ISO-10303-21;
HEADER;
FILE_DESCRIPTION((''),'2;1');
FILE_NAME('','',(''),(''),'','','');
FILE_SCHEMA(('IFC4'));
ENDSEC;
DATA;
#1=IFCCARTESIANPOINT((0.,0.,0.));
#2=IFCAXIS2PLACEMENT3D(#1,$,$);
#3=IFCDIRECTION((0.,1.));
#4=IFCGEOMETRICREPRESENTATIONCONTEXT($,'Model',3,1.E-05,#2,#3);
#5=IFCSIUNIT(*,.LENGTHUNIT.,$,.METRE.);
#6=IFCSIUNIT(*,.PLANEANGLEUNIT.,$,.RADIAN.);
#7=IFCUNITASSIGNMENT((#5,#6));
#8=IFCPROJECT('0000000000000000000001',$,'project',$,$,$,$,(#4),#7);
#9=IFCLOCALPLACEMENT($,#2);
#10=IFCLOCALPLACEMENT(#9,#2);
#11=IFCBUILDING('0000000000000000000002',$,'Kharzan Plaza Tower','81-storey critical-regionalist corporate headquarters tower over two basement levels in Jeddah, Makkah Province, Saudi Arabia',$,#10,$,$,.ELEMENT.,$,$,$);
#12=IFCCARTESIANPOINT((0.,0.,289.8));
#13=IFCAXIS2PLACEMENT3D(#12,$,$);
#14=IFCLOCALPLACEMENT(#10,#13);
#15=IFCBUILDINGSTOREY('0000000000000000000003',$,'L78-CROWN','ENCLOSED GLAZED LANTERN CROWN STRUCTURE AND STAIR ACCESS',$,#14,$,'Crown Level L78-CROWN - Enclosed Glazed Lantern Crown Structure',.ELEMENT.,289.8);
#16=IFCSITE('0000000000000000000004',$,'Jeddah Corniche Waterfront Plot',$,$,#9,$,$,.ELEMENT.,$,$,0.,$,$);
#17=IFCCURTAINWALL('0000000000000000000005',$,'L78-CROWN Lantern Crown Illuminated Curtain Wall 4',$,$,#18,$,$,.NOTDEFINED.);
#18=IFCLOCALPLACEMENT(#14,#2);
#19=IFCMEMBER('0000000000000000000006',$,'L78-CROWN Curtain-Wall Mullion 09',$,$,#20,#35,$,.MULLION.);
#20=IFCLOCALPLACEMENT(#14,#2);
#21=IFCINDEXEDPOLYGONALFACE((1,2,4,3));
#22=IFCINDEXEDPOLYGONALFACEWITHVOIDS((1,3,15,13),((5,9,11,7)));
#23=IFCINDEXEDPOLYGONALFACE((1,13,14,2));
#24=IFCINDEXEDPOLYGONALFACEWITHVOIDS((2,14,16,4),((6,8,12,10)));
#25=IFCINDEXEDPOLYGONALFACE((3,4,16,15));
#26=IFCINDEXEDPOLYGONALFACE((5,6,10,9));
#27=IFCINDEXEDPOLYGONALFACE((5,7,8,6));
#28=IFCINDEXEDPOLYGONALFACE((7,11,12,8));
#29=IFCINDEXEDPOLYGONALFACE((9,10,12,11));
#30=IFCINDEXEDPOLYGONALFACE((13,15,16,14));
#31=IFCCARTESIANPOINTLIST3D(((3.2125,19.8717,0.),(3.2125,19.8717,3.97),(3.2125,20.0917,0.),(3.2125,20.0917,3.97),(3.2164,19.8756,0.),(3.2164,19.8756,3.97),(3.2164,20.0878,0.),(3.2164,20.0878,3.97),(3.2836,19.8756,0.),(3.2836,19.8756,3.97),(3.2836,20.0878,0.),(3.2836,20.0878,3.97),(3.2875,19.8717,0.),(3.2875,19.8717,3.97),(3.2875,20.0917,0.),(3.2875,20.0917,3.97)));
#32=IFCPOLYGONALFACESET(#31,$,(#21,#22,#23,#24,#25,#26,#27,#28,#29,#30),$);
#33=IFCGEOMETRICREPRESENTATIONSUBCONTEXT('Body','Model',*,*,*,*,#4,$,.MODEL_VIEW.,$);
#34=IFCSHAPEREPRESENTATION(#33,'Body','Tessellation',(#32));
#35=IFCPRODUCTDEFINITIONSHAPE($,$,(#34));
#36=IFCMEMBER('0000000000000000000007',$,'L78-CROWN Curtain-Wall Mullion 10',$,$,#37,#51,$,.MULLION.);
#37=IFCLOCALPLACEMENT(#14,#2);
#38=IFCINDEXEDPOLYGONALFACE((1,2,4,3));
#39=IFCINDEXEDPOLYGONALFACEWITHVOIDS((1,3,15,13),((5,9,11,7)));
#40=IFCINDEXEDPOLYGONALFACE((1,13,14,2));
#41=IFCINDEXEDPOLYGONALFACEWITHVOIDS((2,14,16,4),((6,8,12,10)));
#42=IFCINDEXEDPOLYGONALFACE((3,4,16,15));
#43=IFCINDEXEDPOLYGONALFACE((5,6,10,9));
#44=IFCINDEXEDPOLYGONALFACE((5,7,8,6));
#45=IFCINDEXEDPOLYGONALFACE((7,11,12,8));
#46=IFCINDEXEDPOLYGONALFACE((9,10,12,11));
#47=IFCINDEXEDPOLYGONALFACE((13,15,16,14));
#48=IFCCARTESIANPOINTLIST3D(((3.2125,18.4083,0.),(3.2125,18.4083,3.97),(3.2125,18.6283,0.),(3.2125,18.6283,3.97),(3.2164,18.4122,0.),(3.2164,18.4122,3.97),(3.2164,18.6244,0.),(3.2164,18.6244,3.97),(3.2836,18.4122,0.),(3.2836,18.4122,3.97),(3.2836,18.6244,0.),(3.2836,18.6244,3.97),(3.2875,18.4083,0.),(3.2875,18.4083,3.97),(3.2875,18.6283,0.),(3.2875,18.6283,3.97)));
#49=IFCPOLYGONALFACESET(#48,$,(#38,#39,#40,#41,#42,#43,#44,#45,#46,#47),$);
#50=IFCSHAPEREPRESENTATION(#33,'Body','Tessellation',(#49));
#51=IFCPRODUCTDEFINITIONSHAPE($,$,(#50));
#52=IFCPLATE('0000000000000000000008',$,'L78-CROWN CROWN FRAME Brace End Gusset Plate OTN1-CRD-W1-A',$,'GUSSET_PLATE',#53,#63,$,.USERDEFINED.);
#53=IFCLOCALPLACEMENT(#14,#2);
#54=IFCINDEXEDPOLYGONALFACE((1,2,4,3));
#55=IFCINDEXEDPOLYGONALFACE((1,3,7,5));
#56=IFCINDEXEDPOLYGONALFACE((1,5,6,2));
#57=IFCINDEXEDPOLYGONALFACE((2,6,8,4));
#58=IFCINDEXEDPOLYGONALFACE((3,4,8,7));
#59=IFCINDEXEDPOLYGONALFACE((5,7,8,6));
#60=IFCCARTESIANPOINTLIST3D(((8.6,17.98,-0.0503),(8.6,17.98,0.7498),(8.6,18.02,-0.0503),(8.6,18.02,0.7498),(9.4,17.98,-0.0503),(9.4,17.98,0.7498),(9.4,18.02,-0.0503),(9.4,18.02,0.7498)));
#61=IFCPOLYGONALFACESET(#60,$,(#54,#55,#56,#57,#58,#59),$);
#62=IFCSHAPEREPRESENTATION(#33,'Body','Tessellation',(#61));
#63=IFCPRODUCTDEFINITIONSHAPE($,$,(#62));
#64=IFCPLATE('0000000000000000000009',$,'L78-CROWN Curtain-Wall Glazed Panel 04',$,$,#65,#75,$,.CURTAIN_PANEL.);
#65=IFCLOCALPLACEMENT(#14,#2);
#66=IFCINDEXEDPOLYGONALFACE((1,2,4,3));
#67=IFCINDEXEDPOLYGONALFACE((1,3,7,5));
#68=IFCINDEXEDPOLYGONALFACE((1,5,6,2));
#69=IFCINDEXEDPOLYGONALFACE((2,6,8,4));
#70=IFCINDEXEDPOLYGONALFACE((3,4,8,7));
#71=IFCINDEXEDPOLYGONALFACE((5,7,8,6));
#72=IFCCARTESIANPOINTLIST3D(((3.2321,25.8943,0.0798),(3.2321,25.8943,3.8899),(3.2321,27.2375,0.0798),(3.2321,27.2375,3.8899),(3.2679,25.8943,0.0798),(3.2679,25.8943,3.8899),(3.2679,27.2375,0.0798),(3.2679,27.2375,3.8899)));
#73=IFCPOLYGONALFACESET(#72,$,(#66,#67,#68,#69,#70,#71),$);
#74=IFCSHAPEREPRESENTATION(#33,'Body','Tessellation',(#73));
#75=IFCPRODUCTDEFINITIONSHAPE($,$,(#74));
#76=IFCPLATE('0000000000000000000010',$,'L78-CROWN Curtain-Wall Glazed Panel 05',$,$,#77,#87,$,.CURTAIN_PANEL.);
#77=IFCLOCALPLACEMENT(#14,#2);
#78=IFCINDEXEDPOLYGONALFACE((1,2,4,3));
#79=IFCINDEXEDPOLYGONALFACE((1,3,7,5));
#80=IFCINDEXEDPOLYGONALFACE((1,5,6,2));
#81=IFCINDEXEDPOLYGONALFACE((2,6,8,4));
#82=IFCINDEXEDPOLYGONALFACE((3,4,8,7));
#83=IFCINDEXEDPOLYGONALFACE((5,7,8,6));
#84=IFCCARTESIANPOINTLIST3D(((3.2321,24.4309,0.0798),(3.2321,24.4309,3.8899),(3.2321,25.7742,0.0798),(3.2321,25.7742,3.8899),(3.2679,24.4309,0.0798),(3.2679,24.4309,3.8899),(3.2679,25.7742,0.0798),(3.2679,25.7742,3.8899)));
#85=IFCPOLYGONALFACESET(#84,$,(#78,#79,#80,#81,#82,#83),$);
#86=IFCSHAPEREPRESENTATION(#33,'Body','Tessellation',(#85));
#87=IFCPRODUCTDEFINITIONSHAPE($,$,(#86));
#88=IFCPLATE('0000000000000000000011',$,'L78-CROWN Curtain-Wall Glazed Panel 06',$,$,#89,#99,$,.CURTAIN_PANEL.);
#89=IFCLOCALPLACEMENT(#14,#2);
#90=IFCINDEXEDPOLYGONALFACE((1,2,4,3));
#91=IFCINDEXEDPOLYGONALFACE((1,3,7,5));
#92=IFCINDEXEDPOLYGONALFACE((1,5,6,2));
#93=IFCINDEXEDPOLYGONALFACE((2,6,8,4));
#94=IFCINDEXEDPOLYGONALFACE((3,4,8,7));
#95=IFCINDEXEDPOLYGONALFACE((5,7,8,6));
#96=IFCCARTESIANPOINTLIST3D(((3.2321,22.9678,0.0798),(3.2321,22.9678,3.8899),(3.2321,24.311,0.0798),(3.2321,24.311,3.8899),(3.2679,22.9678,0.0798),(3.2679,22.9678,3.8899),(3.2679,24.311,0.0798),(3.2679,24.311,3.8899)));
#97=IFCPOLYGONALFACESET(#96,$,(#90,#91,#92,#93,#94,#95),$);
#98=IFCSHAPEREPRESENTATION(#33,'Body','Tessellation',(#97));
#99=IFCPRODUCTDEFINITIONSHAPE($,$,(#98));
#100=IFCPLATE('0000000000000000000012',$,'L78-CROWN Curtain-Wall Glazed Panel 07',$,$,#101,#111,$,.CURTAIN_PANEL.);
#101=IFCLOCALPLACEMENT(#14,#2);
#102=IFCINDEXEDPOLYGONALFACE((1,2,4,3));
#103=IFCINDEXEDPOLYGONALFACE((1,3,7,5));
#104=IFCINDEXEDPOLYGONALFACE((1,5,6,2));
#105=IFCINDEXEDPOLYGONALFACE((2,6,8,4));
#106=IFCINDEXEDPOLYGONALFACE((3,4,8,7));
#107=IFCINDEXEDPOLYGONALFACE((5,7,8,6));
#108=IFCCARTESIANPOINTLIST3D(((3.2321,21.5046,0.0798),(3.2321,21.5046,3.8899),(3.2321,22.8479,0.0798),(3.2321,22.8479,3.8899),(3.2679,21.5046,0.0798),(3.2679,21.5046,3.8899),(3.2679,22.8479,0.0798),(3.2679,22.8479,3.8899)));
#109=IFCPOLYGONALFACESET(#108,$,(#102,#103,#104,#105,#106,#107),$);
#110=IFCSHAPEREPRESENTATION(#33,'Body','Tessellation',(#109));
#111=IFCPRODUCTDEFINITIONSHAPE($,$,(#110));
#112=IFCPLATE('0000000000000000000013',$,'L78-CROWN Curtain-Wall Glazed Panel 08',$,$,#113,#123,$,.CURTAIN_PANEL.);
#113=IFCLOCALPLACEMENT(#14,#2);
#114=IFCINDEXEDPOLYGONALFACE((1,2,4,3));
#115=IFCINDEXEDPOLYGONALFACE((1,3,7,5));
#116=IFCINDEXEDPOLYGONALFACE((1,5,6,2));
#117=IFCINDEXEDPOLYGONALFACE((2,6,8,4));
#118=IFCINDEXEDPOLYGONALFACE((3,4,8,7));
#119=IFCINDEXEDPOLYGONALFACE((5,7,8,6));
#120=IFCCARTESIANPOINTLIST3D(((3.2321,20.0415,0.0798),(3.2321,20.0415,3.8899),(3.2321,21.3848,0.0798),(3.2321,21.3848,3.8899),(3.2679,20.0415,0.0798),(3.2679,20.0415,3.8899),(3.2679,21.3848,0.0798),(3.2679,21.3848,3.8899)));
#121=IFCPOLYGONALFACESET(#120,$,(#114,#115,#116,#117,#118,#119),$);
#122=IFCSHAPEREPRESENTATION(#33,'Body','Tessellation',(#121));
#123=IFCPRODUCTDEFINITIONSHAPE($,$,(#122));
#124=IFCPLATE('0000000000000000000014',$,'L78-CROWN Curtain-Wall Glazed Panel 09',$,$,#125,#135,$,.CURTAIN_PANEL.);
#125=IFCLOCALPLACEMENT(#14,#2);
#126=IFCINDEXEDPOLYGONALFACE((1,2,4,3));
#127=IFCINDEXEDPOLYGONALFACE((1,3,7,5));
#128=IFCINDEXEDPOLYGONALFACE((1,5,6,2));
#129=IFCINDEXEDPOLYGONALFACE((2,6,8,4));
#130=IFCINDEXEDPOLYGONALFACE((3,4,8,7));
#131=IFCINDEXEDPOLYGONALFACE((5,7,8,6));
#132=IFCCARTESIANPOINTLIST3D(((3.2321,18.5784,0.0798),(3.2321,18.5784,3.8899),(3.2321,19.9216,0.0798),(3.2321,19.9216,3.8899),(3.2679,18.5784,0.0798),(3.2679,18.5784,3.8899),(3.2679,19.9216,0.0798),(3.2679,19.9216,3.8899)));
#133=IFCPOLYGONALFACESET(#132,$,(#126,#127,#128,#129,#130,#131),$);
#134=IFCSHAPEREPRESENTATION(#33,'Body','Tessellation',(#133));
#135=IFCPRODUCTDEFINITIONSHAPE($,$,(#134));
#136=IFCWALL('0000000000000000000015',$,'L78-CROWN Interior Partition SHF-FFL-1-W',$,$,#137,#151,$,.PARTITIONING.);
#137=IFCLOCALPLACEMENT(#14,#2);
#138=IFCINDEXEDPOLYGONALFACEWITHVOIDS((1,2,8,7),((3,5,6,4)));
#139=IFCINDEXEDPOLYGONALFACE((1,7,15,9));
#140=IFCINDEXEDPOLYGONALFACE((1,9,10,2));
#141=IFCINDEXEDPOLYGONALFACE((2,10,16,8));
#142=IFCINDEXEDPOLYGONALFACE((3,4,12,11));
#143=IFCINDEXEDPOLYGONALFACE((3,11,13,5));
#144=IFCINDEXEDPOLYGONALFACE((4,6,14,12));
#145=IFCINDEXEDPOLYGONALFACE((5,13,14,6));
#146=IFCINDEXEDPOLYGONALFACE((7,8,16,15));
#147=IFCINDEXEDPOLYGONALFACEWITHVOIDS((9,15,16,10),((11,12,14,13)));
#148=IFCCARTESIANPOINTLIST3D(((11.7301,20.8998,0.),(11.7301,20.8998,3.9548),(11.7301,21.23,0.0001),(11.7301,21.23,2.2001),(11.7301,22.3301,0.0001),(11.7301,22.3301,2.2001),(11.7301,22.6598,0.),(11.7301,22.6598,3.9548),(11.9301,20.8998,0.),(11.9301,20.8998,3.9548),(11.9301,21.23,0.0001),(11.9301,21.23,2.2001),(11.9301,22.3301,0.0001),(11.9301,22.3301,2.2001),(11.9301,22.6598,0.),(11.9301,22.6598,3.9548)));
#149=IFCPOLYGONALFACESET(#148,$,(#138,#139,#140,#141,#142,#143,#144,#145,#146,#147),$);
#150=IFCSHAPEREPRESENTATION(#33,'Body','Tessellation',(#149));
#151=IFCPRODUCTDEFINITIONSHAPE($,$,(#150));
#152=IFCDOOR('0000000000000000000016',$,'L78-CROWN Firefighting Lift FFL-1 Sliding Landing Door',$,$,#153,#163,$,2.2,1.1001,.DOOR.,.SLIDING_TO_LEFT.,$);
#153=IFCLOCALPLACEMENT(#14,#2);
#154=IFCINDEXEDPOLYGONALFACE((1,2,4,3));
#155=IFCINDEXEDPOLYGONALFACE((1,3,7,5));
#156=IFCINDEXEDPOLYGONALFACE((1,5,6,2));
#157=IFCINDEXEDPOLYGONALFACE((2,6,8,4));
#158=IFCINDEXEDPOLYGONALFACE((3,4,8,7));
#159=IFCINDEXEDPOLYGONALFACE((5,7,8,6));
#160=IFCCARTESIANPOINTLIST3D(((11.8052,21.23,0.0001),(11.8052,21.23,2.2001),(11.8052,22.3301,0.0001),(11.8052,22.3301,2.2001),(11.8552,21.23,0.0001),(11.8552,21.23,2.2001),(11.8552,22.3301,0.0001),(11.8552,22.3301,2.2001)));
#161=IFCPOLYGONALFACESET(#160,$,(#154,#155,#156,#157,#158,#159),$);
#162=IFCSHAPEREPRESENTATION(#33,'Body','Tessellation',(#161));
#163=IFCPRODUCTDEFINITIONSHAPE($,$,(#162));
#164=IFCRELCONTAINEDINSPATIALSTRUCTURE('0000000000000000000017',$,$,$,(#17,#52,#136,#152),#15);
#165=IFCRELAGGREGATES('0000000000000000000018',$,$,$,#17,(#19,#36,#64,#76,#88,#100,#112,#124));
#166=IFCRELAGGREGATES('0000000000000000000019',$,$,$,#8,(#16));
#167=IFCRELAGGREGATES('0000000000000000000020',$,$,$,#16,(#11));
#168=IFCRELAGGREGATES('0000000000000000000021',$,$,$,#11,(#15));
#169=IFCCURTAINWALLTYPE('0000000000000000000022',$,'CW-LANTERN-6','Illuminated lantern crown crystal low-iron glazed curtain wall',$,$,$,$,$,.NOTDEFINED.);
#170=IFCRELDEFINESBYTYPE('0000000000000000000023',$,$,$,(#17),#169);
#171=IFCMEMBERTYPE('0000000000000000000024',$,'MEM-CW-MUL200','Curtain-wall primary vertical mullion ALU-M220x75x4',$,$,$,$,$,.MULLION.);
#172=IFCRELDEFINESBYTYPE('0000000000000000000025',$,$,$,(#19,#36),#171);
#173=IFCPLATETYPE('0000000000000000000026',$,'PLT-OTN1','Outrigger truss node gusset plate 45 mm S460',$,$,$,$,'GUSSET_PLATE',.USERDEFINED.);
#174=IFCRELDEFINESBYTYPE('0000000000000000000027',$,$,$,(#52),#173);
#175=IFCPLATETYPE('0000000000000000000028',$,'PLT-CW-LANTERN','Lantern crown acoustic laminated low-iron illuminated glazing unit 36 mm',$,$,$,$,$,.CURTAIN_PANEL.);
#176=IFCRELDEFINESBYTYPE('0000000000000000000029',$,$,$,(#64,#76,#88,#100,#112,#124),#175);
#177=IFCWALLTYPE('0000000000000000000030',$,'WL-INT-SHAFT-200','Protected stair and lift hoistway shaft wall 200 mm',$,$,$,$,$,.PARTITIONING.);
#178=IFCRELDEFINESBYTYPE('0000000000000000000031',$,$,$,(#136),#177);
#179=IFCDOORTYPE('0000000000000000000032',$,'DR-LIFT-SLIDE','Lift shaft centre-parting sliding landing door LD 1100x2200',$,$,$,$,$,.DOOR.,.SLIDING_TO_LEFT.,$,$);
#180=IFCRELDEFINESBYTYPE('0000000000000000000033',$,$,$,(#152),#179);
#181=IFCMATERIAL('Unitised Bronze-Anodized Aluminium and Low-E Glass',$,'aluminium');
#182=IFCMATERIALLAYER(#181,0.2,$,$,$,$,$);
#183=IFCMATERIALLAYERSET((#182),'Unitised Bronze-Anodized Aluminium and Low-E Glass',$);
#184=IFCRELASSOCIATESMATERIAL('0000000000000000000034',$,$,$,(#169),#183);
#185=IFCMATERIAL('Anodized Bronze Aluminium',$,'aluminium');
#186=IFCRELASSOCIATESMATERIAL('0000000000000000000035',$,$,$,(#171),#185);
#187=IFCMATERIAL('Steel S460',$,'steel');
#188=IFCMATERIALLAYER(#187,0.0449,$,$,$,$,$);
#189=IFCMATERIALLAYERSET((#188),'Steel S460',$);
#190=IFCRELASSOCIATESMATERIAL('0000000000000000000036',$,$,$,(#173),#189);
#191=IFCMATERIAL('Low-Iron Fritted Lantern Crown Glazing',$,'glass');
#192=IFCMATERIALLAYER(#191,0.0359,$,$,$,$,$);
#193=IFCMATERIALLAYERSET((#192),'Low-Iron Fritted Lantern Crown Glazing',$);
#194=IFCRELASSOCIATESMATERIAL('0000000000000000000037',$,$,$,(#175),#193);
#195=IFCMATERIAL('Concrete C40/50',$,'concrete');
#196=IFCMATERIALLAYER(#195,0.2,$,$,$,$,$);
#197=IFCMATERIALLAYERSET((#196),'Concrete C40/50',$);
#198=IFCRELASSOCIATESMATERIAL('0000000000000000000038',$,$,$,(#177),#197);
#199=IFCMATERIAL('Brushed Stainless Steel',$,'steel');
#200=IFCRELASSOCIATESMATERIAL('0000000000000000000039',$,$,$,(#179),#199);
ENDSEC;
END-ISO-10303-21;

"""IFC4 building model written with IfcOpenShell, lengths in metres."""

from ifc_helpers import new_model, si_unit, direction, frame, frame_2d, origin, origin_2d, place, context, subcontext, project, spatial, rectangle, hollow_rectangle, extrude, source, transform, mapped, material, layer, layer_set, material_profile, profile_set, type_object, element, fill, aggregate, save


model = new_model("IFC4")

# Units and contexts
model_context = context("Model", 3, precision=1e-05, world=origin(), true_north=direction((0.0, 1.0)))
body_context = subcontext(model_context, "Body", "Model", "MODEL_VIEW")
ifc_project = project(units=[si_unit("LENGTHUNIT", "METRE"), si_unit("PLANEANGLEUNIT", "RADIAN")], contexts=[model_context])

# Site, building, storey
site_placement = place(None, origin())
site = spatial("IfcSite", under=ifc_project, at=site_placement, Name="Jeddah Corniche Waterfront Plot", CompositionType="ELEMENT", RefElevation=0.0)
building_placement = place(site_placement, origin())
building = spatial("IfcBuilding", under=site, at=building_placement, Name="Kharzan Plaza Tower", Description="81-storey critical-regionalist corporate headquarters tower over two basement levels in Jeddah, Makkah Province, Saudi Arabia", CompositionType="ELEMENT")
storey_placement = place(building_placement, frame((0.0, 0.0, 289.8)))
storey = spatial("IfcBuildingStorey", under=building, at=storey_placement, Name="L78-CROWN", Description="ENCLOSED GLAZED LANTERN CROWN STRUCTURE AND STAIR ACCESS", LongName="Crown Level L78-CROWN - Enclosed Glazed Lantern Crown Structure", CompositionType="ELEMENT", Elevation=289.8)

# Curtain wall, members
ifc_material_1 = material(Name="Unitised Bronze-Anodized Aluminium and Low-E Glass", Category="aluminium")
ifc_layer_1 = layer(ifc_material_1, 0.2)
ifc_layer_set_1 = layer_set([ifc_layer_1], Name="Unitised Bronze-Anodized Aluminium and Low-E Glass")
curtain_wall_type = type_object("IfcCurtainWallType", Name="CW-LANTERN-6", Description="Illuminated lantern crown crystal low-iron glazed curtain wall", PredefinedType="NOTDEFINED", material=ifc_layer_set_1)
curtain_wall_placement = place(storey_placement, origin())
curtain_wall = element("IfcCurtainWall", 1, at=curtain_wall_placement, inside=storey, type_object=curtain_wall_type, Name="L78-CROWN Lantern Crown Illuminated Curtain Wall 4", PredefinedType="NOTDEFINED")
ifc_material_2 = material(Name="Anodized Bronze Aluminium", Category="aluminium")
ifc_material_profile_1 = material_profile(ifc_material_2, hollow_rectangle(XDim=0.075, YDim=0.22, WallThickness=0.0039, at=origin_2d()), Name="ALU-M220x75x4")
ifc_profile_set_1 = profile_set([ifc_material_profile_1], Name="Anodized Bronze Aluminium")
member_type_1 = type_object("IfcMemberType", Name="MEM-CW-MUL200", Description="Curtain-wall primary vertical mullion ALU-M220x75x4", PredefinedType="MULLION", material=ifc_profile_set_1)
shared_shape_1 = source(origin(), body_context, "Body", "SweptSolid", [
    extrude(hollow_rectangle(XDim=0.075, YDim=0.22, WallThickness=0.0039, at=origin_2d()), origin(), (0.0, 0.0, 1.0), 3.97),
])
member_1_placement = place(storey_placement, frame((3.25, 19.9817, 0.0), z_axis=(0.0, 0.0, 1.0), x_axis=(1.0, 0.0, 0.0)))
member_1 = element("IfcMember", 2, at=member_1_placement, type_object=member_type_1, Name="L78-CROWN Curtain-Wall Mullion 09", PredefinedType="MULLION", context=body_context, shape_type="MappedRepresentation", body=[
    mapped(shared_shape_1, transform((0.0, 0.0, 0.0), x_axis=(1.0, 0.0, 0.0), y_axis=(0.0, 1.0, 0.0), z_axis=(0.0, 0.0, 1.0))),
])
member_2_placement = place(storey_placement, frame((3.25, 18.5183, 0.0), z_axis=(0.0, 0.0, 1.0), x_axis=(1.0, 0.0, 0.0)))
member_2 = element("IfcMember", 3, at=member_2_placement, type_object=member_type_1, Name="L78-CROWN Curtain-Wall Mullion 10", PredefinedType="MULLION", context=body_context, shape_type="MappedRepresentation", body=[
    mapped(shared_shape_1, transform((0.0, 0.0, 0.0), x_axis=(1.0, 0.0, 0.0), y_axis=(0.0, 1.0, 0.0), z_axis=(0.0, 0.0, 1.0))),
])

# Plates
ifc_material_3 = material(Name="Steel S460", Category="steel")
ifc_layer_2 = layer(ifc_material_3, 0.0449)
ifc_layer_set_2 = layer_set([ifc_layer_2], Name="Steel S460")
plate_type_1 = type_object("IfcPlateType", Name="PLT-OTN1", Description="Outrigger truss node gusset plate 45 mm S460", ElementType="GUSSET_PLATE", PredefinedType="USERDEFINED", material=ifc_layer_set_2)
shared_shape_2 = source(origin(), body_context, "Body", "SweptSolid", [
    extrude(rectangle(XDim=0.8, YDim=0.04, at=origin_2d()), origin(), (0.0, 0.0, 1.0), 0.8),
])
plate_1_placement = place(storey_placement, frame((9.0, 18.0, -0.0503), z_axis=(0.0, 0.0, 1.0), x_axis=(1.0, 0.0, 0.0)))
element("IfcPlate", 4, at=plate_1_placement, inside=storey, type_object=plate_type_1, Name="L78-CROWN CROWN FRAME Brace End Gusset Plate OTN1-CRD-W1-A", ObjectType="GUSSET_PLATE", PredefinedType="USERDEFINED", context=body_context, shape_type="MappedRepresentation", body=[
    mapped(shared_shape_2, transform((0.0, 0.0, 0.0), x_axis=(1.0, 0.0, 0.0), y_axis=(0.0, 1.0, 0.0), z_axis=(0.0, 0.0, 1.0))),
])
ifc_material_4 = material(Name="Low-Iron Fritted Lantern Crown Glazing", Category="glass")
ifc_layer_3 = layer(ifc_material_4, 0.0359)
ifc_layer_set_3 = layer_set([ifc_layer_3], Name="Low-Iron Fritted Lantern Crown Glazing")
plate_type_2 = type_object("IfcPlateType", Name="PLT-CW-LANTERN", Description="Lantern crown acoustic laminated low-iron illuminated glazing unit 36 mm", PredefinedType="CURTAIN_PANEL", material=ifc_layer_set_3)
shared_shape_3 = source(origin(), body_context, "Body", "SweptSolid", [
    extrude(rectangle(XDim=1.3433, YDim=0.0359, at=origin_2d()), origin(), (0.0, 0.0, 1.0), 3.8101),
])
plate_2_placement = place(storey_placement, frame((3.25, 26.5659, 0.0798), z_axis=(0.0, 0.0, 1.0), x_axis=(0.0, -1.0, 0.0)))
plate_2 = element("IfcPlate", 5, at=plate_2_placement, type_object=plate_type_2, Name="L78-CROWN Curtain-Wall Glazed Panel 04", PredefinedType="CURTAIN_PANEL", context=body_context, shape_type="MappedRepresentation", body=[
    mapped(shared_shape_3, transform((0.0, 0.0, 0.0), x_axis=(1.0, 0.0, 0.0), y_axis=(0.0, 1.0, 0.0), z_axis=(0.0, 0.0, 1.0))),
])
plate_3_placement = place(storey_placement, frame((3.25, 25.1025, 0.0798), z_axis=(0.0, 0.0, 1.0), x_axis=(0.0, -1.0, 0.0)))
plate_3 = element("IfcPlate", 6, at=plate_3_placement, type_object=plate_type_2, Name="L78-CROWN Curtain-Wall Glazed Panel 05", PredefinedType="CURTAIN_PANEL", context=body_context, shape_type="MappedRepresentation", body=[
    mapped(shared_shape_3, transform((0.0, 0.0, 0.0), x_axis=(1.0, 0.0, 0.0), y_axis=(0.0, 1.0, 0.0), z_axis=(0.0, 0.0, 1.0))),
])
plate_4_placement = place(storey_placement, frame((3.25, 23.6394, 0.0798), z_axis=(0.0, 0.0, 1.0), x_axis=(0.0, -1.0, 0.0)))
plate_4 = element("IfcPlate", 7, at=plate_4_placement, type_object=plate_type_2, Name="L78-CROWN Curtain-Wall Glazed Panel 06", PredefinedType="CURTAIN_PANEL", context=body_context, shape_type="MappedRepresentation", body=[
    mapped(shared_shape_3, transform((0.0, 0.0, 0.0), x_axis=(1.0, 0.0, 0.0), y_axis=(0.0, 1.0, 0.0), z_axis=(0.0, 0.0, 1.0))),
])
plate_5_placement = place(storey_placement, frame((3.25, 22.1763, 0.0798), z_axis=(0.0, 0.0, 1.0), x_axis=(0.0, -1.0, 0.0)))
plate_5 = element("IfcPlate", 8, at=plate_5_placement, type_object=plate_type_2, Name="L78-CROWN Curtain-Wall Glazed Panel 07", PredefinedType="CURTAIN_PANEL", context=body_context, shape_type="MappedRepresentation", body=[
    mapped(shared_shape_3, transform((0.0, 0.0, 0.0), x_axis=(1.0, 0.0, 0.0), y_axis=(0.0, 1.0, 0.0), z_axis=(0.0, 0.0, 1.0))),
])
plate_6_placement = place(storey_placement, frame((3.25, 20.7131, 0.0798), z_axis=(0.0, 0.0, 1.0), x_axis=(0.0, -1.0, 0.0)))
plate_6 = element("IfcPlate", 9, at=plate_6_placement, type_object=plate_type_2, Name="L78-CROWN Curtain-Wall Glazed Panel 08", PredefinedType="CURTAIN_PANEL", context=body_context, shape_type="MappedRepresentation", body=[
    mapped(shared_shape_3, transform((0.0, 0.0, 0.0), x_axis=(1.0, 0.0, 0.0), y_axis=(0.0, 1.0, 0.0), z_axis=(0.0, 0.0, 1.0))),
])
plate_7_placement = place(storey_placement, frame((3.25, 19.25, 0.0798), z_axis=(0.0, 0.0, 1.0), x_axis=(0.0, -1.0, 0.0)))
plate_7 = element("IfcPlate", 10, at=plate_7_placement, type_object=plate_type_2, Name="L78-CROWN Curtain-Wall Glazed Panel 09", PredefinedType="CURTAIN_PANEL", context=body_context, shape_type="MappedRepresentation", body=[
    mapped(shared_shape_3, transform((0.0, 0.0, 0.0), x_axis=(1.0, 0.0, 0.0), y_axis=(0.0, 1.0, 0.0), z_axis=(0.0, 0.0, 1.0))),
])
aggregate(curtain_wall, [member_1, member_2, plate_2, plate_3, plate_4, plate_5, plate_6, plate_7])

# Wall, opening, door
ifc_material_5 = material(Name="Concrete C40/50", Category="concrete")
ifc_layer_4 = layer(ifc_material_5, 0.2)
ifc_layer_set_4 = layer_set([ifc_layer_4], Name="Concrete C40/50")
wall_type_1 = type_object("IfcWallType", Name="WL-INT-SHAFT-200", Description="Protected stair and lift hoistway shaft wall 200 mm", PredefinedType="PARTITIONING", material=ifc_layer_set_4)
wall_1_placement = place(storey_placement, frame((11.8301, 20.8999, 0.0), z_axis=(0.0, 0.0, 1.0), x_axis=(0.0, 1.0, 0.0)))
wall_1 = element("IfcWall", 11, at=wall_1_placement, inside=storey, type_object=wall_type_1, Name="L78-CROWN Interior Partition SHF-FFL-1-W", PredefinedType="PARTITIONING", context=body_context, shape_type="SweptSolid", body=[
    extrude(rectangle(XDim=1.76, YDim=0.2, at=frame_2d((0.8799, 0.0))), origin(), (0.0, 0.0, 1.0), 3.9548),
])
opening_1_placement = place(wall_1_placement, frame((0.3301, 0.0, 0.0)))
opening_1 = element("IfcOpeningElement", 12, at=opening_1_placement, cuts=wall_1, PredefinedType="OPENING", context=body_context, shape_type="SweptSolid", body=[
    extrude(rectangle(XDim=1.1001, YDim=2.2, at=frame_2d((0.55, 1.1001))), frame((0.0, 0.1099, 0.0), z_axis=(0.0, -1.0, 0.0), x_axis=(1.0, 0.0, 0.0)), (0.0, 0.0, 1.0), 0.22),
])
ifc_material_6 = material(Name="Brushed Stainless Steel", Category="steel")
door_type_1 = type_object("IfcDoorType", Name="DR-LIFT-SLIDE", Description="Lift shaft centre-parting sliding landing door LD 1100x2200", OperationType="SLIDING_TO_LEFT", PredefinedType="DOOR", material=ifc_material_6)
shared_shape_4 = source(origin(), body_context, "Body", "SweptSolid", [
    extrude(rectangle(XDim=1.1001, YDim=2.2, at=frame_2d((0.55, 1.1001))), frame((0.0, 0.0249, 0.0), z_axis=(0.0, -1.0, 0.0), x_axis=(1.0, 0.0, 0.0)), (0.0, 0.0, 1.0), 0.05),
])
door_1_placement = place(opening_1_placement, origin())
door_1 = element("IfcDoor", 13, at=door_1_placement, inside=storey, type_object=door_type_1, Name="L78-CROWN Firefighting Lift FFL-1 Sliding Landing Door", OperationType="SLIDING_TO_LEFT", OverallHeight=2.2, OverallWidth=1.1001, PredefinedType="DOOR", context=body_context, shape_type="MappedRepresentation", body=[
    mapped(shared_shape_4, transform((0.0, 0.0, 0.0), x_axis=(1.0, 0.0, 0.0), y_axis=(0.0, 1.0, 0.0), z_axis=(0.0, 0.0, 1.0))),
])
fill(opening_1, door_1)

save(model, "model.ifc")
